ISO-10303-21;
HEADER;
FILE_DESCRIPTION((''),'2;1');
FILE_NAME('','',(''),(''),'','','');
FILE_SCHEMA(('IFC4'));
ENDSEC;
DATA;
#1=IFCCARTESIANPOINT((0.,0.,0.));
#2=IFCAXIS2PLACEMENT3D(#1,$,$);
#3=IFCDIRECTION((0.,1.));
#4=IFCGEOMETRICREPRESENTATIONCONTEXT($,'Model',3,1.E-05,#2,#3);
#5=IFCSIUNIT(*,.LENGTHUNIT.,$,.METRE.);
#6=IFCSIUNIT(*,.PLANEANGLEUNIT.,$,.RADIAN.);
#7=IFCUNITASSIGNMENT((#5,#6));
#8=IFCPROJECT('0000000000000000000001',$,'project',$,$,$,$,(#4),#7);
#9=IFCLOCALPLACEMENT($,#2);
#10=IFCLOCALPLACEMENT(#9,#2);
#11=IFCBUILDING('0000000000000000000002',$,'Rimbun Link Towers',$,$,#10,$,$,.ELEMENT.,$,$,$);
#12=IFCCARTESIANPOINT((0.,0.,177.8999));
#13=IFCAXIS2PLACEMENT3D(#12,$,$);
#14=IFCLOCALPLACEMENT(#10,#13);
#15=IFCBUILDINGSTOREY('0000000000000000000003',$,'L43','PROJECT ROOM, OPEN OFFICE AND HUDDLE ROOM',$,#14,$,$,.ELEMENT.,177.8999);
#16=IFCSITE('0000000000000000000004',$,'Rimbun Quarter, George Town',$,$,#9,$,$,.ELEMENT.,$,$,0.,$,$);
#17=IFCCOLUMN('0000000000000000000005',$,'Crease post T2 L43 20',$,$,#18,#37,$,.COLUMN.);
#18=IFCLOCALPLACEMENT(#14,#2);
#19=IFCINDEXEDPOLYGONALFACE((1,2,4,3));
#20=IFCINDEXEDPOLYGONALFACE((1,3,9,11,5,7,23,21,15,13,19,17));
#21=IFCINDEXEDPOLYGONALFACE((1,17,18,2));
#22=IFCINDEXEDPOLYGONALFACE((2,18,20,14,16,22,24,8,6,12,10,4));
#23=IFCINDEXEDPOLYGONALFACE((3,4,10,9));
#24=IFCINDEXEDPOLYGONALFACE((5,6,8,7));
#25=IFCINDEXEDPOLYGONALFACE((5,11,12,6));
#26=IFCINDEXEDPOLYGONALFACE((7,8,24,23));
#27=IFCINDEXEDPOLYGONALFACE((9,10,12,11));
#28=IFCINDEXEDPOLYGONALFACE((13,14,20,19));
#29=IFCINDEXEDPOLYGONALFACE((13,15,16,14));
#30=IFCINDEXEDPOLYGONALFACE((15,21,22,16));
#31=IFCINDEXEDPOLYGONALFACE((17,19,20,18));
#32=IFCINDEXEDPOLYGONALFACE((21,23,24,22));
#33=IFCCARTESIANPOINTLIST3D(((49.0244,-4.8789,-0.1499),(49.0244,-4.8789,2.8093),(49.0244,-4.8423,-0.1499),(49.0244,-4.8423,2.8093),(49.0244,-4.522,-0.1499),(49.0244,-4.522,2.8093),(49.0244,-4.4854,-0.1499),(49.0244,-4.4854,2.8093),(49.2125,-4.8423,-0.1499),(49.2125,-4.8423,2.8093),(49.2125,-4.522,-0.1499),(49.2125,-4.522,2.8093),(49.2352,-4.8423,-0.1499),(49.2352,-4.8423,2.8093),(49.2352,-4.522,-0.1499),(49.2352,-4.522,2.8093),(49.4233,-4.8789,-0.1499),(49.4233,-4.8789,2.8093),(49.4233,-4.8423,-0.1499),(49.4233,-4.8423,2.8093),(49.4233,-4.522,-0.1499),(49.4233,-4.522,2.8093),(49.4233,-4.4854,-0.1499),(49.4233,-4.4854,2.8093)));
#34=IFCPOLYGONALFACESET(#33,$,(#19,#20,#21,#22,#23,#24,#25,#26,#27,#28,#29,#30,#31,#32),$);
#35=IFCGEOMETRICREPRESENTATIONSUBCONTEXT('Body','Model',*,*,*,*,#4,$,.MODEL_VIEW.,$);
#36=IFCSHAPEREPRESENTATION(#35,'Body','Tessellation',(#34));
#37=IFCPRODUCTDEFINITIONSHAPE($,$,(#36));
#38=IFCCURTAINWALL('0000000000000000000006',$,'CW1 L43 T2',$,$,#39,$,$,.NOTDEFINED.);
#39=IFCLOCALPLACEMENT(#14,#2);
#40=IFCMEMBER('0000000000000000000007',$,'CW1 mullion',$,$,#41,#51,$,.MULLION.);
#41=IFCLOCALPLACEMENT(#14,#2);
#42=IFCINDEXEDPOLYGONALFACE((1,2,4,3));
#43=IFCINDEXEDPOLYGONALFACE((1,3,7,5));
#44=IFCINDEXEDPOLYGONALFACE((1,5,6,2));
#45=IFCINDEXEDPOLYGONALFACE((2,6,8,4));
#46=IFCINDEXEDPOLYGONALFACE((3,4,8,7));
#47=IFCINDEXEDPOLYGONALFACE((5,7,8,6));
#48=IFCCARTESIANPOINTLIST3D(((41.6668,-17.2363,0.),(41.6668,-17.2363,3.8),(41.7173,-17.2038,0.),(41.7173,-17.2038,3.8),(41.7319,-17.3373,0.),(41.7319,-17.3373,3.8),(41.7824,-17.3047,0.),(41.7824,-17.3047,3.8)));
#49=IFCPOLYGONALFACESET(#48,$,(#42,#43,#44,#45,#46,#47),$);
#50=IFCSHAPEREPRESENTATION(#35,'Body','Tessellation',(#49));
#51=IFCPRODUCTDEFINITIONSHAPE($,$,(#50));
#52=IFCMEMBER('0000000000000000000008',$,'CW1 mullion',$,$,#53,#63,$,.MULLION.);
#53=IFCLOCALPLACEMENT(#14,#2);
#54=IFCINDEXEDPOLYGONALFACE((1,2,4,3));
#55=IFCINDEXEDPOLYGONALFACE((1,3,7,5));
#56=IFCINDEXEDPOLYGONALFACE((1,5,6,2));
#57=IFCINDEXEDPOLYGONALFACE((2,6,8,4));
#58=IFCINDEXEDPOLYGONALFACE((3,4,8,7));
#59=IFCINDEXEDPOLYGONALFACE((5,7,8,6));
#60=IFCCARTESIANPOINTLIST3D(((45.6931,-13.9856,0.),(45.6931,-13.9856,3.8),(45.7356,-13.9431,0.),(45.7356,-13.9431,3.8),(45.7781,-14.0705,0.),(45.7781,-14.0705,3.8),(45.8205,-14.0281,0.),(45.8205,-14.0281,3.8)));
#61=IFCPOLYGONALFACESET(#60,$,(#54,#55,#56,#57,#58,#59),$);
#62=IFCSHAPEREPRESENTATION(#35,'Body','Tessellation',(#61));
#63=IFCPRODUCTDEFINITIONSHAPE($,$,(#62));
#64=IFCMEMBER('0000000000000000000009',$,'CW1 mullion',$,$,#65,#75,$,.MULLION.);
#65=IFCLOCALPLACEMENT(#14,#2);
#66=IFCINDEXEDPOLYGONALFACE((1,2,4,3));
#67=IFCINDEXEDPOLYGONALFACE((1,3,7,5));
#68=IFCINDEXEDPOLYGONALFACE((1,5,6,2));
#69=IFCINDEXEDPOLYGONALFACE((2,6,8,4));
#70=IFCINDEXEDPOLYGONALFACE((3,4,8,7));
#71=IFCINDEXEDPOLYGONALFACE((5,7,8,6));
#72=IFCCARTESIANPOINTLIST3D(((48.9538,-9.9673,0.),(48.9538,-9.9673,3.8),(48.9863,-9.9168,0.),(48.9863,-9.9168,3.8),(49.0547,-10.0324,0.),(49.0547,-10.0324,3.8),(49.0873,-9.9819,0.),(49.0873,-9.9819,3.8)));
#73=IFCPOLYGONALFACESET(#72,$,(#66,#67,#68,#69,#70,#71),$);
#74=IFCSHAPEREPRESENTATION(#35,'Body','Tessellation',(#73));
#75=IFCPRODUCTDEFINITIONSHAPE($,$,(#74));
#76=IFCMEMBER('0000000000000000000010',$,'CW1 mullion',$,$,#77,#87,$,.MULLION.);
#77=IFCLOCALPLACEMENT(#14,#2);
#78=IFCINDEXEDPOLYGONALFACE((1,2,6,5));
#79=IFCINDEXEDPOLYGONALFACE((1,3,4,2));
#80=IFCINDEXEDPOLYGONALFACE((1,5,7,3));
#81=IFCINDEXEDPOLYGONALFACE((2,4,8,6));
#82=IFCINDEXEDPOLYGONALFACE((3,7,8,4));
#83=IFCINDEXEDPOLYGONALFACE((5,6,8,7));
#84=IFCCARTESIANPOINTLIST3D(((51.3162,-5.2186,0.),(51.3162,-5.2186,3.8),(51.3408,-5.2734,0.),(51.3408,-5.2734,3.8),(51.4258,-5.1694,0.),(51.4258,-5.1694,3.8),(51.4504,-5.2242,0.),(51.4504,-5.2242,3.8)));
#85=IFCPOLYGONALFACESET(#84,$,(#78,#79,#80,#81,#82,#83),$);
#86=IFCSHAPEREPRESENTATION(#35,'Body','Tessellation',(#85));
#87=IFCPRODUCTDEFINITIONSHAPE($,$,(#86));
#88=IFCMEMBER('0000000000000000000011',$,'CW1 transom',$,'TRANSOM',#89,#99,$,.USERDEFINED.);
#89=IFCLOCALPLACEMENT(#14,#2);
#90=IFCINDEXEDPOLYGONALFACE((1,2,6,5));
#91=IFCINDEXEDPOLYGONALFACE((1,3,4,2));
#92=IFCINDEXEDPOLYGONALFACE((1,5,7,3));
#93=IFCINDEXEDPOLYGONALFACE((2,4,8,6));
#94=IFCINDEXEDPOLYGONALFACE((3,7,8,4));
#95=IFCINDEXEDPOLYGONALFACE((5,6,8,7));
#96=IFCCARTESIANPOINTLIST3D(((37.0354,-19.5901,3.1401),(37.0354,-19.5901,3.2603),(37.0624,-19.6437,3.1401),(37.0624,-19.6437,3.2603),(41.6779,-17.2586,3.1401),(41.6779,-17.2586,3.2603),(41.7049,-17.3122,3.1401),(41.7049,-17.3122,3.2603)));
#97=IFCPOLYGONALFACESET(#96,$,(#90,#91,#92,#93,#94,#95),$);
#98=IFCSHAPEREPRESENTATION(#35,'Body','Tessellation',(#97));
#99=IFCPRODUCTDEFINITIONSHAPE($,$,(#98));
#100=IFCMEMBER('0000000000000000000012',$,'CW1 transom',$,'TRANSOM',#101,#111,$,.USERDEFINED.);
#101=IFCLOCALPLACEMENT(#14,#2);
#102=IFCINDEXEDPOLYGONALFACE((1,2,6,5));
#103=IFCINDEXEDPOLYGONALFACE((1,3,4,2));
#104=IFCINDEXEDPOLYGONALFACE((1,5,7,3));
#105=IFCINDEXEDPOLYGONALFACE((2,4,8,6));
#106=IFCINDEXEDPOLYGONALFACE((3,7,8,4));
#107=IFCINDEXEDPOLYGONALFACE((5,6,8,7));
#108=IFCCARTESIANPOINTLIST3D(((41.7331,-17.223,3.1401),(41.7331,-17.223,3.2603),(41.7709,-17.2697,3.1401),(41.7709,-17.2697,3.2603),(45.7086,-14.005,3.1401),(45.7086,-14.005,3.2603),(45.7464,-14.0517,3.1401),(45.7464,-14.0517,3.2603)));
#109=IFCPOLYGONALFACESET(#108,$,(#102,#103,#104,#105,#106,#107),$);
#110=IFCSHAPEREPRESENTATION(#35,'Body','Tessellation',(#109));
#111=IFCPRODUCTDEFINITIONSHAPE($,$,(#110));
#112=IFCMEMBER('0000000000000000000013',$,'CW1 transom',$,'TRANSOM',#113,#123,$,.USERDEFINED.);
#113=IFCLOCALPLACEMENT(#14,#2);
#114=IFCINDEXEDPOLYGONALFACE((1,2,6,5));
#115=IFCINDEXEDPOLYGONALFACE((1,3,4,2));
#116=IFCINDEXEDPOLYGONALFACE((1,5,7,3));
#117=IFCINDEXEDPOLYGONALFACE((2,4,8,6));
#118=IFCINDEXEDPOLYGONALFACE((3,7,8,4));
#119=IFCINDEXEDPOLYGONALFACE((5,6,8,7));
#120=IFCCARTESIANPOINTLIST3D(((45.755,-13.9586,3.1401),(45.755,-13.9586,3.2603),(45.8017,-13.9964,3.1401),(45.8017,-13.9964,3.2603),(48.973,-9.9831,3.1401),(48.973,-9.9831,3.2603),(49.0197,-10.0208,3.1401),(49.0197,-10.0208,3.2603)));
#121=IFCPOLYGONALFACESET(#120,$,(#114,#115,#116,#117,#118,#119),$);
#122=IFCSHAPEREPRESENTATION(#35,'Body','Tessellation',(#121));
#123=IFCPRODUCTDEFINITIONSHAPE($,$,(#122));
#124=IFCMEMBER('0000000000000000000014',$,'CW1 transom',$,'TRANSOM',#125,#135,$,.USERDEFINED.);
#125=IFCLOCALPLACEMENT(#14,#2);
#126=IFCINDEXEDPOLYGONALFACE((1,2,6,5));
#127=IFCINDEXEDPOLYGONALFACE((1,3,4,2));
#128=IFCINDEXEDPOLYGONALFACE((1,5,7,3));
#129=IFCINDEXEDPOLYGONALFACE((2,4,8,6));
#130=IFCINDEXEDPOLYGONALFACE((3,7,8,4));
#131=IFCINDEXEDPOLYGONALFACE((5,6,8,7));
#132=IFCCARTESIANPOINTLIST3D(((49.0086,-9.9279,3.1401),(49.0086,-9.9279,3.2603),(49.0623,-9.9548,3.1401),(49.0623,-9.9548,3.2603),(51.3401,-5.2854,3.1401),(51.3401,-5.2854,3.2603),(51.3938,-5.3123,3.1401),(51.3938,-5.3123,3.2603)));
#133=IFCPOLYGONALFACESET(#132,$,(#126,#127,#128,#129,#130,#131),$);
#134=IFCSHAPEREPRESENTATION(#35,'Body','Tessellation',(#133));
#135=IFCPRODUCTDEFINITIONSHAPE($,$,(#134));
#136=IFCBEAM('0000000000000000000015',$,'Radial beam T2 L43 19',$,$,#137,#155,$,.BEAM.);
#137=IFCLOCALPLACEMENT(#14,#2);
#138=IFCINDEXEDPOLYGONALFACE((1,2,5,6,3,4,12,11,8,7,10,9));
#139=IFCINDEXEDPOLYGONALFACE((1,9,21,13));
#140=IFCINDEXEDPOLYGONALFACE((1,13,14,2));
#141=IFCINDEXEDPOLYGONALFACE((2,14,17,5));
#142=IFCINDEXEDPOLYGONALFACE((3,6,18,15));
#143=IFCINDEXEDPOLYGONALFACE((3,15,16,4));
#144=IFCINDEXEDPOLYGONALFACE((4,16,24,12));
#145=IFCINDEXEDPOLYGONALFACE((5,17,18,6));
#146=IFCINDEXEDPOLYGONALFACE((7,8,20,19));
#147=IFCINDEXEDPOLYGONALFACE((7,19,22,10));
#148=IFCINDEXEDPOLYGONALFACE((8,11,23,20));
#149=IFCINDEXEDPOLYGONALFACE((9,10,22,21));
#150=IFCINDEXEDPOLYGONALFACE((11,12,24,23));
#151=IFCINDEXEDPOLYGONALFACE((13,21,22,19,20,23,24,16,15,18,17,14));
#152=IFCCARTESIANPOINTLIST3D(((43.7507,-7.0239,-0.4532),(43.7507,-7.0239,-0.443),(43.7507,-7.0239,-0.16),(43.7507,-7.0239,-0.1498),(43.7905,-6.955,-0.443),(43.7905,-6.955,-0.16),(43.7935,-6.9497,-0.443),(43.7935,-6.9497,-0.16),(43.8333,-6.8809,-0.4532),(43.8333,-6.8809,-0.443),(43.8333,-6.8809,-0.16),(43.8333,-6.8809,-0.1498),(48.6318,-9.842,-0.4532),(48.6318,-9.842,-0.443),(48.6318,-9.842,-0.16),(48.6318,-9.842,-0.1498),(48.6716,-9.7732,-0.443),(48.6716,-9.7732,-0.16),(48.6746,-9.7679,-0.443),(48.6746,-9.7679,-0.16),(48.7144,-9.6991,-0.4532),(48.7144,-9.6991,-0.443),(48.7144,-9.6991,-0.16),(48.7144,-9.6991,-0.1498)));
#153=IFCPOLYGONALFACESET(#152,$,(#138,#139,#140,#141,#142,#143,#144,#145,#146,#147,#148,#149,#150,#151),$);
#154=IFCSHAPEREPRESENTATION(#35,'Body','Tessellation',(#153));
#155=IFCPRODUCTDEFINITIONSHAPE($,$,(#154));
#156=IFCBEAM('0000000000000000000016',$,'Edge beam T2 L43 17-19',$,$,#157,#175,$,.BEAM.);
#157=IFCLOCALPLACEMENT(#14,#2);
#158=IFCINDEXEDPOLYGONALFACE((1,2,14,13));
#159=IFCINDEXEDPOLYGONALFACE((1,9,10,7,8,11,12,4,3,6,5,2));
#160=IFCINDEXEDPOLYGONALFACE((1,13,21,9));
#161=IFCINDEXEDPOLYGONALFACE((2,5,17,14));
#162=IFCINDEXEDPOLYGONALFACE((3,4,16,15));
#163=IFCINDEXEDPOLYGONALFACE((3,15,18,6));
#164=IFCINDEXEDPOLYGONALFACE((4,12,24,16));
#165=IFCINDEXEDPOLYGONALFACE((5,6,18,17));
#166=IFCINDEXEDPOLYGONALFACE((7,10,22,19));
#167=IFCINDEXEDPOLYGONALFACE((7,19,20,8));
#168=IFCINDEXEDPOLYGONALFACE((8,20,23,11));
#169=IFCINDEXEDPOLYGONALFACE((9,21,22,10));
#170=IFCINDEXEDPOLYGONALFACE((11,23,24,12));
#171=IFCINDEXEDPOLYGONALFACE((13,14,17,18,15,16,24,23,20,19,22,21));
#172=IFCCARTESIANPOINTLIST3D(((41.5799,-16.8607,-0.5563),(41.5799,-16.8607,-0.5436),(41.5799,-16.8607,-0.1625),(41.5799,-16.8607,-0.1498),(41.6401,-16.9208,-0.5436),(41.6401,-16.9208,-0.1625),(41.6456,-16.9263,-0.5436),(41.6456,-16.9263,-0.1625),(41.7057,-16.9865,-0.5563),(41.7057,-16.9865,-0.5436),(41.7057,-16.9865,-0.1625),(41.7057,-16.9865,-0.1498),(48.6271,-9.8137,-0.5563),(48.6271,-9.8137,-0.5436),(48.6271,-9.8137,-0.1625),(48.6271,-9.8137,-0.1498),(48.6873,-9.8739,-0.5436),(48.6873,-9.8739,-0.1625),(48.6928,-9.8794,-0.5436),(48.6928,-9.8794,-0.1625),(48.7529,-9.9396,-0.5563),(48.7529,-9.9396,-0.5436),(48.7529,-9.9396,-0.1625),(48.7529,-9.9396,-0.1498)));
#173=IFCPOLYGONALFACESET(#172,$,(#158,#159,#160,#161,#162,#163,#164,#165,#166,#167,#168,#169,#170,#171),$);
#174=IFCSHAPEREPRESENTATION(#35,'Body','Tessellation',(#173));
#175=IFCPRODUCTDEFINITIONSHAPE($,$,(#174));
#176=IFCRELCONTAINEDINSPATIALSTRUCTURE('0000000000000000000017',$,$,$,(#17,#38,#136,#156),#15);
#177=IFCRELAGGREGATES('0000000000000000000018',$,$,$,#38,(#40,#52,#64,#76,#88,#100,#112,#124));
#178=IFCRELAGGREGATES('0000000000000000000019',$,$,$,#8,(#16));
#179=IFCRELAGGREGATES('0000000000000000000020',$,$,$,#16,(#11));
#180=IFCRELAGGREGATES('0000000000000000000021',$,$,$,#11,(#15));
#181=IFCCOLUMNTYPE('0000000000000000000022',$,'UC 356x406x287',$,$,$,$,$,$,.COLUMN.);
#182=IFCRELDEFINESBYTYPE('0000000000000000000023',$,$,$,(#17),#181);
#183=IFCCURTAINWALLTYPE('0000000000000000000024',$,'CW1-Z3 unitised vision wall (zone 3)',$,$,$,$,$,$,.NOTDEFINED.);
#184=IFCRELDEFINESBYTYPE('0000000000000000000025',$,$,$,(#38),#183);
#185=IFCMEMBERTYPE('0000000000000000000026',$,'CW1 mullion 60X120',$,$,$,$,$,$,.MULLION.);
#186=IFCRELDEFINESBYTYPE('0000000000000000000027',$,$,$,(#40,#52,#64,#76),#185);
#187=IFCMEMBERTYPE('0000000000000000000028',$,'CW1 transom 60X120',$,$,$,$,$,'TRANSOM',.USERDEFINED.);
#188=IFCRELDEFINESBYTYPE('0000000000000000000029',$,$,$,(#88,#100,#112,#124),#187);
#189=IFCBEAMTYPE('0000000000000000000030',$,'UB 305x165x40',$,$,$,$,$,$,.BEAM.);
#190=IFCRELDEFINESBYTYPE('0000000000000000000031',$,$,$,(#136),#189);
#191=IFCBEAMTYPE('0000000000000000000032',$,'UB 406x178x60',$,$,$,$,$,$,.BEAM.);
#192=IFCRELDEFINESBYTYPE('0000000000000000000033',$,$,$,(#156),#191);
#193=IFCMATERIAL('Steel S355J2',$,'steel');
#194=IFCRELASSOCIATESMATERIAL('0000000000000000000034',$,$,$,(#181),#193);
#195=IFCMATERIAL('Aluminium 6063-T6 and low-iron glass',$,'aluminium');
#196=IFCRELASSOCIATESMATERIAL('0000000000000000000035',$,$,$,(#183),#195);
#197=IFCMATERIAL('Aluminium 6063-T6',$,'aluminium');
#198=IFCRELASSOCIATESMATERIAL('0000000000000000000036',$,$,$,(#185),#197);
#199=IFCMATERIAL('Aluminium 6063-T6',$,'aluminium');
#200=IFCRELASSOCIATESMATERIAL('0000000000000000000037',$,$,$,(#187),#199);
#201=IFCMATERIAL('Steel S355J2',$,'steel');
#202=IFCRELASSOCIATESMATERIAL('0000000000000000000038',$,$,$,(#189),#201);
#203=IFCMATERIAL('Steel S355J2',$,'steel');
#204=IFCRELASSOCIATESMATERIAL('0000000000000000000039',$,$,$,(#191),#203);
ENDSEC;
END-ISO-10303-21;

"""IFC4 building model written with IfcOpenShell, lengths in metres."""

from ifc_helpers import new_model, si_unit, direction, frame, origin, origin_2d, place, context, subcontext, project, spatial, rectangle, i_section, extrude, material, material_profile, profile_set, type_object, element, aggregate, save


model = new_model("IFC4")

# Units and contexts
model_context = context("Model", 3, precision=1e-05, world=origin(), true_north=direction((0.0, 1.0)))
body_context = subcontext(model_context, "Body", "Model", "MODEL_VIEW")
ifc_project = project(units=[si_unit("LENGTHUNIT", "METRE"), si_unit("PLANEANGLEUNIT", "RADIAN")], contexts=[model_context])

# Site, building, storey
site_placement = place(None, origin())
site = spatial("IfcSite", under=ifc_project, at=site_placement, Name="Rimbun Quarter, George Town", CompositionType="ELEMENT", RefElevation=0.0)
building_placement = place(site_placement, origin())
building = spatial("IfcBuilding", under=site, at=building_placement, Name="Rimbun Link Towers", CompositionType="ELEMENT")
storey_placement = place(building_placement, frame((0.0, 0.0, 177.8999)))
storey = spatial("IfcBuildingStorey", under=building, at=storey_placement, Name="L43", Description="PROJECT ROOM, OPEN OFFICE AND HUDDLE ROOM", CompositionType="ELEMENT", Elevation=177.8999)

# Column
ifc_material_1 = material(Name="Steel S355J2", Category="steel")
ifc_material_profile_1 = material_profile(ifc_material_1, i_section(OverallWidth=0.3989, OverallDepth=0.3936, WebThickness=0.0227, FlangeThickness=0.0366, at=origin_2d()), Name="UC 356x406x287")
ifc_profile_set_1 = profile_set([ifc_material_profile_1], Name="Steel S355J2")
column_type = type_object("IfcColumnType", Name="UC 356x406x287", PredefinedType="COLUMN", material=ifc_profile_set_1)
column_placement = place(storey_placement, frame((49.2239, -4.6821, -0.1499), z_axis=(0.0, 0.0, 1.0), x_axis=(1.0, 0.0, 0.0)))
element("IfcColumn", 1, at=column_placement, inside=storey, type_object=column_type, Name="Crease post T2 L43 20", PredefinedType="COLUMN", context=body_context, shape_type="SweptSolid", body=[
    extrude(i_section(OverallWidth=0.3989, OverallDepth=0.3936, WebThickness=0.0227, FlangeThickness=0.0366, at=origin_2d()), origin(), (0.0, 0.0, 1.0), 2.9592),
])

# Curtain wall, members
ifc_material_2 = material(Name="Aluminium 6063-T6 and low-iron glass", Category="aluminium")
curtain_wall_type = type_object("IfcCurtainWallType", Name="CW1-Z3 unitised vision wall (zone 3)", PredefinedType="NOTDEFINED", material=ifc_material_2)
curtain_wall_placement = place(storey_placement, origin())
curtain_wall = element("IfcCurtainWall", 2, at=curtain_wall_placement, inside=storey, type_object=curtain_wall_type, Name="CW1 L43 T2", PredefinedType="NOTDEFINED")
ifc_material_3 = material(Name="Aluminium 6063-T6", Category="aluminium")
ifc_material_profile_2 = material_profile(ifc_material_3, rectangle(XDim=0.1201, YDim=0.0601, at=origin_2d()), Name="MULLION 60X120")
ifc_profile_set_2 = profile_set([ifc_material_profile_2], Name="Aluminium 6063-T6")
member_type_1 = type_object("IfcMemberType", Name="CW1 mullion 60X120", PredefinedType="MULLION", material=ifc_profile_set_2)
member_1_placement = place(storey_placement, frame((41.7246, -17.2705, 0.0), z_axis=(0.0, 0.0, 1.0), x_axis=(0.542097, -0.840316, 0.0)))
member_1 = element("IfcMember", 3, at=member_1_placement, type_object=member_type_1, Name="CW1 mullion", PredefinedType="MULLION", context=body_context, shape_type="SweptSolid", body=[
    extrude(rectangle(XDim=0.1201, YDim=0.0601, at=origin_2d()), origin(), (0.0, 0.0, 1.0), 3.8),
])
member_2_placement = place(storey_placement, frame((45.7568, -14.0068, 0.0), z_axis=(0.0, 0.0, 1.0), x_axis=(0.707107, -0.707107, 0.0)))
member_2 = element("IfcMember", 4, at=member_2_placement, type_object=member_type_1, Name="CW1 mullion", PredefinedType="MULLION", context=body_context, shape_type="SweptSolid", body=[
    extrude(rectangle(XDim=0.1201, YDim=0.0601, at=origin_2d()), origin(), (0.0, 0.0, 1.0), 3.8),
])
member_3_placement = place(storey_placement, frame((49.0205, -9.9746, 0.0), z_axis=(0.0, 0.0, 1.0), x_axis=(0.840316, -0.542097, 0.0)))
member_3 = element("IfcMember", 5, at=member_3_placement, type_object=member_type_1, Name="CW1 mullion", PredefinedType="MULLION", context=body_context, shape_type="SweptSolid", body=[
    extrude(rectangle(XDim=0.1201, YDim=0.0601, at=origin_2d()), origin(), (0.0, 0.0, 1.0), 3.8),
])
member_4_placement = place(storey_placement, frame((51.3833, -5.2214, 0.0), z_axis=(0.0, 0.0, 1.0), x_axis=(0.912351, 0.40941, 0.0)))
member_4 = element("IfcMember", 6, at=member_4_placement, type_object=member_type_1, Name="CW1 mullion", PredefinedType="MULLION", context=body_context, shape_type="SweptSolid", body=[
    extrude(rectangle(XDim=0.1201, YDim=0.0601, at=origin_2d()), origin(), (0.0, 0.0, 1.0), 3.8),
])
ifc_material_4 = material(Name="Aluminium 6063-T6", Category="aluminium")
ifc_material_profile_3 = material_profile(ifc_material_4, rectangle(XDim=0.0601, YDim=0.1201, at=origin_2d()), Name="TRANSOM 60X120")
ifc_profile_set_3 = profile_set([ifc_material_profile_3], Name="Aluminium 6063-T6")
member_type_2 = type_object("IfcMemberType", Name="CW1 transom 60X120", ElementType="TRANSOM", PredefinedType="USERDEFINED", material=ifc_profile_set_3)
member_5_placement = place(storey_placement, frame((41.6914, -17.2854, 3.2002), z_axis=(-0.893636, -0.448792, 0.0), x_axis=(0.448792, -0.893636, 0.0)))
member_5 = element("IfcMember", 7, at=member_5_placement, type_object=member_type_2, Name="CW1 transom", ObjectType="TRANSOM", PredefinedType="USERDEFINED", context=body_context, shape_type="SweptSolid", body=[
    extrude(rectangle(XDim=0.0601, YDim=0.1201, at=origin_2d()), origin(), (0.0, 0.0, 1.0), 5.1951),
])
member_6_placement = place(storey_placement, frame((45.7275, -14.0283, 3.2002), z_axis=(-0.777275, -0.629161, 0.0), x_axis=(0.629161, -0.777275, 0.0)))
member_6 = element("IfcMember", 8, at=member_6_placement, type_object=member_type_2, Name="CW1 transom", ObjectType="TRANSOM", PredefinedType="USERDEFINED", context=body_context, shape_type="SweptSolid", body=[
    extrude(rectangle(XDim=0.0601, YDim=0.1201, at=origin_2d()), origin(), (0.0, 0.0, 1.0), 5.1147),
])
member_7_placement = place(storey_placement, frame((48.9963, -10.002, 3.2002), z_axis=(-0.629161, -0.777275, 0.0), x_axis=(0.777275, -0.629161, 0.0)))
member_7 = element("IfcMember", 9, at=member_7_placement, type_object=member_type_2, Name="CW1 transom", ObjectType="TRANSOM", PredefinedType="USERDEFINED", context=body_context, shape_type="SweptSolid", body=[
    extrude(rectangle(XDim=0.0601, YDim=0.1201, at=origin_2d()), origin(), (0.0, 0.0, 1.0), 5.1147),
])
member_8_placement = place(storey_placement, frame((51.3669, -5.2988, 3.2002), z_axis=(-0.448792, -0.893636, 0.0), x_axis=(0.893636, -0.448792, 0.0)))
member_8 = element("IfcMember", 10, at=member_8_placement, type_object=member_type_2, Name="CW1 transom", ObjectType="TRANSOM", PredefinedType="USERDEFINED", context=body_context, shape_type="SweptSolid", body=[
    extrude(rectangle(XDim=0.0601, YDim=0.1201, at=origin_2d()), origin(), (0.0, 0.0, 1.0), 5.1951),
])

# Beams
ifc_material_5 = material(Name="Steel S355J2", Category="steel")
ifc_material_profile_4 = material_profile(ifc_material_5, i_section(OverallWidth=0.165, OverallDepth=0.3035, WebThickness=0.0061, FlangeThickness=0.0103, at=origin_2d()), Name="UB 305x165x40")
ifc_profile_set_4 = profile_set([ifc_material_profile_4], Name="Steel S355J2")
beam_type_1 = type_object("IfcBeamType", Name="UB 305x165x40", PredefinedType="BEAM", material=ifc_profile_set_4)
beam_1_placement = place(storey_placement, frame((43.792, -6.9524, -0.3015), z_axis=(0.866025, -0.500001, 0.0), x_axis=(0.500001, 0.866025, 0.0)))
element("IfcBeam", 11, at=beam_1_placement, inside=storey, type_object=beam_type_1, Name="Radial beam T2 L43 19", PredefinedType="BEAM", context=body_context, shape_type="SweptSolid", body=[
    extrude(i_section(OverallWidth=0.165, OverallDepth=0.3035, WebThickness=0.0061, FlangeThickness=0.0103, at=origin_2d()), origin(), (0.0, 0.0, 1.0), 5.6362),
])
ifc_material_6 = material(Name="Steel S355J2", Category="steel")
ifc_material_profile_5 = material_profile(ifc_material_6, i_section(OverallWidth=0.178, OverallDepth=0.4065, WebThickness=0.0078, FlangeThickness=0.0127, at=origin_2d()), Name="UB 406x178x60")
ifc_profile_set_5 = profile_set([ifc_material_profile_5], Name="Steel S355J2")
beam_type_2 = type_object("IfcBeamType", Name="UB 406x178x60", PredefinedType="BEAM", material=ifc_profile_set_5)
beam_2_placement = place(storey_placement, frame((41.6428, -16.9236, -0.353), z_axis=(0.707119, 0.707095, 0.0), x_axis=(-0.707095, 0.707119, 0.0)))
element("IfcBeam", 12, at=beam_2_placement, inside=storey, type_object=beam_type_2, Name="Edge beam T2 L43 17-19", PredefinedType="BEAM", context=body_context, shape_type="SweptSolid", body=[
    extrude(i_section(OverallWidth=0.178, OverallDepth=0.4065, WebThickness=0.0078, FlangeThickness=0.0127, at=origin_2d()), origin(), (0.0, 0.0, 1.0), 9.9661),
])

aggregate(curtain_wall, [member_1, member_2, member_3, member_4, member_5, member_6, member_7, member_8])

save(model, "model.ifc")
